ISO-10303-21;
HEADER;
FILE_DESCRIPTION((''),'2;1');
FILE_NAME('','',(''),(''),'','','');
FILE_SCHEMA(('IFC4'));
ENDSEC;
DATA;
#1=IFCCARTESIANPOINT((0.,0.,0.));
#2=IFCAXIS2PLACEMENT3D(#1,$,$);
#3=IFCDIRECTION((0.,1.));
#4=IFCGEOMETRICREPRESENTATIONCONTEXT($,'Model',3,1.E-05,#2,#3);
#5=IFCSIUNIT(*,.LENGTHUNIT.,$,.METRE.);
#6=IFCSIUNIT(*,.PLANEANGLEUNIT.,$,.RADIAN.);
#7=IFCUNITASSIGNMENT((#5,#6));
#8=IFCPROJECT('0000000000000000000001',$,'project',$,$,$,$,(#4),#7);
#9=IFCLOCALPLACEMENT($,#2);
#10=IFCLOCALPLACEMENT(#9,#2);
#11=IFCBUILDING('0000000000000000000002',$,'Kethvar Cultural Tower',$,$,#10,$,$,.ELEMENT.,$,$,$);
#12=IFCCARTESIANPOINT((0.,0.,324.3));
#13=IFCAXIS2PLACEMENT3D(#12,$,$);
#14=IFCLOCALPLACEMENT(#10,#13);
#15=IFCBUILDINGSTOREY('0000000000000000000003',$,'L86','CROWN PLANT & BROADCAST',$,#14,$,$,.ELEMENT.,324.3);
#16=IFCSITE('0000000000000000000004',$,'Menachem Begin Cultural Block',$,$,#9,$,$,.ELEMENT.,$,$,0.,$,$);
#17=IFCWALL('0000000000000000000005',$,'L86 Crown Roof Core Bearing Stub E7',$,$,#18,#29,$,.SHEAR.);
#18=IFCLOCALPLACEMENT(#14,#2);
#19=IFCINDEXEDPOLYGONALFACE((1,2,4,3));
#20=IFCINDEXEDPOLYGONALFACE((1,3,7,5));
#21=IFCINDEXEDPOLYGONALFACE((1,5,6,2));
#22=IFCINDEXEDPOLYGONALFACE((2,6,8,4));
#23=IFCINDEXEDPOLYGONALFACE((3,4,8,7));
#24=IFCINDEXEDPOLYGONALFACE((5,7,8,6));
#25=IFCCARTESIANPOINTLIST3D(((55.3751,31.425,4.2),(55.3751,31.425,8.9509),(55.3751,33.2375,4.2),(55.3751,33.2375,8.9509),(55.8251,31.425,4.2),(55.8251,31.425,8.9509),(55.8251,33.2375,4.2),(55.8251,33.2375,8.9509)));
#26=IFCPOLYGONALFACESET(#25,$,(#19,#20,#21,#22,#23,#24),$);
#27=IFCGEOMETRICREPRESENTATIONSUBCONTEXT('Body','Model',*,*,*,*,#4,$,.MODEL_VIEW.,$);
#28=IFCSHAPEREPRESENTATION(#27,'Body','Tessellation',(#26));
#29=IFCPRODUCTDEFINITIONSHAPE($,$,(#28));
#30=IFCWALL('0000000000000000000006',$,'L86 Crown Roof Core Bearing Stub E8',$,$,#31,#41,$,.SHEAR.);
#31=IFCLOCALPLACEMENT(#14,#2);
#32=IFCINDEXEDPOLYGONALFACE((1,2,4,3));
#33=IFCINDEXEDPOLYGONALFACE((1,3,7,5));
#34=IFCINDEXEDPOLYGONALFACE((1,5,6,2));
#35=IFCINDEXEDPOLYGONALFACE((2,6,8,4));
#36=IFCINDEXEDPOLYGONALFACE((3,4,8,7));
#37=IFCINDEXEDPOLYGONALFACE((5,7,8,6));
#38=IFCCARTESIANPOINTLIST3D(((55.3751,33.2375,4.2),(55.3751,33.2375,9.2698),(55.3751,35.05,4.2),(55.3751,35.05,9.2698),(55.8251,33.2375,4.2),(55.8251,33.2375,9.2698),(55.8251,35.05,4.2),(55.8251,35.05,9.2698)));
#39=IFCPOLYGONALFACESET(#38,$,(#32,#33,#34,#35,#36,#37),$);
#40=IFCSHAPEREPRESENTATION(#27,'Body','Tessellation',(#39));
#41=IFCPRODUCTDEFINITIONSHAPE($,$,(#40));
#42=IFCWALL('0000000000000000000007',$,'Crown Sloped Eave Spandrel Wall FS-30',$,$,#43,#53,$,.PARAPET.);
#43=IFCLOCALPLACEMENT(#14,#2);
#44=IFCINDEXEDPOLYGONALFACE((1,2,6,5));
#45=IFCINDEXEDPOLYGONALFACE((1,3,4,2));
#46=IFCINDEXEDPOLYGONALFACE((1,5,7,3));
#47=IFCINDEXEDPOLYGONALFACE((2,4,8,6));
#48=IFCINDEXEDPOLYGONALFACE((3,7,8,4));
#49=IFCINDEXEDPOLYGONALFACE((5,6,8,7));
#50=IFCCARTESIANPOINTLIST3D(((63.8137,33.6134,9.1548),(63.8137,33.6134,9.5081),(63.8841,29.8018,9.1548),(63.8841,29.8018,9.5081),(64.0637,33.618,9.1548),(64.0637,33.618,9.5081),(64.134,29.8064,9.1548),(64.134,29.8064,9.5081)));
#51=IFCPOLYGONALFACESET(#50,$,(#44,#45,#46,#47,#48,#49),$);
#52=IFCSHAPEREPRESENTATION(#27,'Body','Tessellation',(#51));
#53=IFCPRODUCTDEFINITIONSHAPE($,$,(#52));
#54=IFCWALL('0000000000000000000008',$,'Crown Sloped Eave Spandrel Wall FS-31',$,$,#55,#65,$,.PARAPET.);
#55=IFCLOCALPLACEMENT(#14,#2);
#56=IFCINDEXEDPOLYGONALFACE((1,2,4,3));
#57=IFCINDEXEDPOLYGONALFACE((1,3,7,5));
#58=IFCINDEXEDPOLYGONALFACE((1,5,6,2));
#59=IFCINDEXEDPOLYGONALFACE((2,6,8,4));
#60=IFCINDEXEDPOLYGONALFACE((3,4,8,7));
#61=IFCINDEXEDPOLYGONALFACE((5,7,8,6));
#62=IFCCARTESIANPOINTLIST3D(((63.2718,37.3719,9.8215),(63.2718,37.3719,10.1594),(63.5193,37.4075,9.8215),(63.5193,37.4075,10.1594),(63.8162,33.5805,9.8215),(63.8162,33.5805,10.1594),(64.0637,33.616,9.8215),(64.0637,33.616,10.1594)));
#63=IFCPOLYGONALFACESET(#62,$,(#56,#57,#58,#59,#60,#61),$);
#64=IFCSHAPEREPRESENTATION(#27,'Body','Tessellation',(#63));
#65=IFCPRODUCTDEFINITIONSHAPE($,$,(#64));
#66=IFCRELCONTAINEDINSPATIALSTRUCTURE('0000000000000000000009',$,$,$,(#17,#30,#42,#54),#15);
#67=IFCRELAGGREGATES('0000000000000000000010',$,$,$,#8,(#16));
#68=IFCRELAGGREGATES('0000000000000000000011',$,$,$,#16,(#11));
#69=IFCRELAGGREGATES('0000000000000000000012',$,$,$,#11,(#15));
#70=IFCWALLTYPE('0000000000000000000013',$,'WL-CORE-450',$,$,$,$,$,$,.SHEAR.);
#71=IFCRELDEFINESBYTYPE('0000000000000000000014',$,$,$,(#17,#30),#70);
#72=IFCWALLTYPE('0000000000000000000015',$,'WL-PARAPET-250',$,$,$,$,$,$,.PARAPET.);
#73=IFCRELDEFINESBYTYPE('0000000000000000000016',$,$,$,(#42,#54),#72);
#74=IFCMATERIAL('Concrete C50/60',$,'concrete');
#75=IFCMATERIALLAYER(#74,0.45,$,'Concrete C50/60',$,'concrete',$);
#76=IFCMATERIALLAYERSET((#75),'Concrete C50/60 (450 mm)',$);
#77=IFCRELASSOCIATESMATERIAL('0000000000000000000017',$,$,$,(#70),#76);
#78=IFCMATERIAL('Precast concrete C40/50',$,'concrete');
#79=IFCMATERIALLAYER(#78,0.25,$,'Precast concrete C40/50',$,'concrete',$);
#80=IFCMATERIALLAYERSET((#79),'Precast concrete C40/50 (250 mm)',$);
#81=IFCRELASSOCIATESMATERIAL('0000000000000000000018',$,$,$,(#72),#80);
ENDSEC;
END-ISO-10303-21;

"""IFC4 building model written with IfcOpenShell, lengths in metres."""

from ifc_helpers import new_model, si_unit, direction, frame, frame_2d, origin, place, context, subcontext, project, spatial, rectangle, extrude, material, layer, layer_set, type_object, element, save


model = new_model("IFC4")

# Units and contexts
model_context = context("Model", 3, precision=1e-05, world=origin(), true_north=direction((0.0, 1.0)))
body_context = subcontext(model_context, "Body", "Model", "MODEL_VIEW")
ifc_project = project(units=[si_unit("LENGTHUNIT", "METRE"), si_unit("PLANEANGLEUNIT", "RADIAN")], contexts=[model_context])

# Site, building, storey
site_placement = place(None, origin())
site = spatial("IfcSite", under=ifc_project, at=site_placement, Name="Menachem Begin Cultural Block", CompositionType="ELEMENT", RefElevation=0.0)
building_placement = place(site_placement, origin())
building = spatial("IfcBuilding", under=site, at=building_placement, Name="Kethvar Cultural Tower", CompositionType="ELEMENT")
storey_placement = place(building_placement, frame((0.0, 0.0, 324.3)))
storey = spatial("IfcBuildingStorey", under=building, at=storey_placement, Name="L86", Description="CROWN PLANT & BROADCAST", CompositionType="ELEMENT", Elevation=324.3)

# Walls
ifc_material_1 = material(Name="Concrete C50/60", Category="concrete")
ifc_layer_1 = layer(ifc_material_1, 0.45, Name="Concrete C50/60", Category="concrete")
ifc_layer_set_1 = layer_set([ifc_layer_1], Name="Concrete C50/60 (450 mm)")
wall_type_1 = type_object("IfcWallType", Name="WL-CORE-450", PredefinedType="SHEAR", material=ifc_layer_set_1)
wall_1_placement = place(storey_placement, frame((55.6001, 31.425, 4.2), z_axis=(0.0, 0.0, 1.0), x_axis=(0.0, 1.0, 0.0)))
element("IfcWall", 1, at=wall_1_placement, inside=storey, type_object=wall_type_1, Name="L86 Crown Roof Core Bearing Stub E7", PredefinedType="SHEAR", context=body_context, shape_type="SweptSolid", body=[
    extrude(rectangle(XDim=1.8125, YDim=0.45, at=frame_2d((0.9062, 0.0))), origin(), (0.0, 0.0, 1.0), 4.751),
])
wall_2_placement = place(storey_placement, frame((55.6001, 33.2375, 4.2), z_axis=(0.0, 0.0, 1.0), x_axis=(0.0, 1.0, 0.0)))
element("IfcWall", 2, at=wall_2_placement, inside=storey, type_object=wall_type_1, Name="L86 Crown Roof Core Bearing Stub E8", PredefinedType="SHEAR", context=body_context, shape_type="SweptSolid", body=[
    extrude(rectangle(XDim=1.8125, YDim=0.45, at=frame_2d((0.9062, 0.0))), origin(), (0.0, 0.0, 1.0), 5.0698),
])
ifc_material_2 = material(Name="Precast concrete C40/50", Category="concrete")
ifc_layer_2 = layer(ifc_material_2, 0.25, Name="Precast concrete C40/50", Category="concrete")
ifc_layer_set_2 = layer_set([ifc_layer_2], Name="Precast concrete C40/50 (250 mm)")
wall_type_2 = type_object("IfcWallType", Name="WL-PARAPET-250", PredefinedType="PARAPET", material=ifc_layer_set_2)
wall_3_placement = place(storey_placement, frame((64.009, 29.804, 9.1548), z_axis=(0.0, 0.0, 1.0), x_axis=(-0.018444, 0.99983, 0.0)))
element("IfcWall", 3, at=wall_3_placement, inside=storey, type_object=wall_type_2, Name="Crown Sloped Eave Spandrel Wall FS-30", PredefinedType="PARAPET", context=body_context, shape_type="SweptSolid", body=[
    extrude(rectangle(XDim=3.8123, YDim=0.25, at=frame_2d((1.9062, 0.0))), origin(), (0.0, 0.0, 1.0), 0.3533),
])
wall_4_placement = place(storey_placement, frame((63.9399, 33.5984, 9.8215), z_axis=(0.0, 0.0, 1.0), x_axis=(-0.142135, 0.989847, 0.0)))
element("IfcWall", 4, at=wall_4_placement, inside=storey, type_object=wall_type_2, Name="Crown Sloped Eave Spandrel Wall FS-31", PredefinedType="PARAPET", context=body_context, shape_type="SweptSolid", body=[
    extrude(rectangle(XDim=3.8303, YDim=0.25, at=frame_2d((1.915, 0.0))), origin(), (0.0, 0.0, 1.0), 0.3379),
])

save(model, "model.ifc")
